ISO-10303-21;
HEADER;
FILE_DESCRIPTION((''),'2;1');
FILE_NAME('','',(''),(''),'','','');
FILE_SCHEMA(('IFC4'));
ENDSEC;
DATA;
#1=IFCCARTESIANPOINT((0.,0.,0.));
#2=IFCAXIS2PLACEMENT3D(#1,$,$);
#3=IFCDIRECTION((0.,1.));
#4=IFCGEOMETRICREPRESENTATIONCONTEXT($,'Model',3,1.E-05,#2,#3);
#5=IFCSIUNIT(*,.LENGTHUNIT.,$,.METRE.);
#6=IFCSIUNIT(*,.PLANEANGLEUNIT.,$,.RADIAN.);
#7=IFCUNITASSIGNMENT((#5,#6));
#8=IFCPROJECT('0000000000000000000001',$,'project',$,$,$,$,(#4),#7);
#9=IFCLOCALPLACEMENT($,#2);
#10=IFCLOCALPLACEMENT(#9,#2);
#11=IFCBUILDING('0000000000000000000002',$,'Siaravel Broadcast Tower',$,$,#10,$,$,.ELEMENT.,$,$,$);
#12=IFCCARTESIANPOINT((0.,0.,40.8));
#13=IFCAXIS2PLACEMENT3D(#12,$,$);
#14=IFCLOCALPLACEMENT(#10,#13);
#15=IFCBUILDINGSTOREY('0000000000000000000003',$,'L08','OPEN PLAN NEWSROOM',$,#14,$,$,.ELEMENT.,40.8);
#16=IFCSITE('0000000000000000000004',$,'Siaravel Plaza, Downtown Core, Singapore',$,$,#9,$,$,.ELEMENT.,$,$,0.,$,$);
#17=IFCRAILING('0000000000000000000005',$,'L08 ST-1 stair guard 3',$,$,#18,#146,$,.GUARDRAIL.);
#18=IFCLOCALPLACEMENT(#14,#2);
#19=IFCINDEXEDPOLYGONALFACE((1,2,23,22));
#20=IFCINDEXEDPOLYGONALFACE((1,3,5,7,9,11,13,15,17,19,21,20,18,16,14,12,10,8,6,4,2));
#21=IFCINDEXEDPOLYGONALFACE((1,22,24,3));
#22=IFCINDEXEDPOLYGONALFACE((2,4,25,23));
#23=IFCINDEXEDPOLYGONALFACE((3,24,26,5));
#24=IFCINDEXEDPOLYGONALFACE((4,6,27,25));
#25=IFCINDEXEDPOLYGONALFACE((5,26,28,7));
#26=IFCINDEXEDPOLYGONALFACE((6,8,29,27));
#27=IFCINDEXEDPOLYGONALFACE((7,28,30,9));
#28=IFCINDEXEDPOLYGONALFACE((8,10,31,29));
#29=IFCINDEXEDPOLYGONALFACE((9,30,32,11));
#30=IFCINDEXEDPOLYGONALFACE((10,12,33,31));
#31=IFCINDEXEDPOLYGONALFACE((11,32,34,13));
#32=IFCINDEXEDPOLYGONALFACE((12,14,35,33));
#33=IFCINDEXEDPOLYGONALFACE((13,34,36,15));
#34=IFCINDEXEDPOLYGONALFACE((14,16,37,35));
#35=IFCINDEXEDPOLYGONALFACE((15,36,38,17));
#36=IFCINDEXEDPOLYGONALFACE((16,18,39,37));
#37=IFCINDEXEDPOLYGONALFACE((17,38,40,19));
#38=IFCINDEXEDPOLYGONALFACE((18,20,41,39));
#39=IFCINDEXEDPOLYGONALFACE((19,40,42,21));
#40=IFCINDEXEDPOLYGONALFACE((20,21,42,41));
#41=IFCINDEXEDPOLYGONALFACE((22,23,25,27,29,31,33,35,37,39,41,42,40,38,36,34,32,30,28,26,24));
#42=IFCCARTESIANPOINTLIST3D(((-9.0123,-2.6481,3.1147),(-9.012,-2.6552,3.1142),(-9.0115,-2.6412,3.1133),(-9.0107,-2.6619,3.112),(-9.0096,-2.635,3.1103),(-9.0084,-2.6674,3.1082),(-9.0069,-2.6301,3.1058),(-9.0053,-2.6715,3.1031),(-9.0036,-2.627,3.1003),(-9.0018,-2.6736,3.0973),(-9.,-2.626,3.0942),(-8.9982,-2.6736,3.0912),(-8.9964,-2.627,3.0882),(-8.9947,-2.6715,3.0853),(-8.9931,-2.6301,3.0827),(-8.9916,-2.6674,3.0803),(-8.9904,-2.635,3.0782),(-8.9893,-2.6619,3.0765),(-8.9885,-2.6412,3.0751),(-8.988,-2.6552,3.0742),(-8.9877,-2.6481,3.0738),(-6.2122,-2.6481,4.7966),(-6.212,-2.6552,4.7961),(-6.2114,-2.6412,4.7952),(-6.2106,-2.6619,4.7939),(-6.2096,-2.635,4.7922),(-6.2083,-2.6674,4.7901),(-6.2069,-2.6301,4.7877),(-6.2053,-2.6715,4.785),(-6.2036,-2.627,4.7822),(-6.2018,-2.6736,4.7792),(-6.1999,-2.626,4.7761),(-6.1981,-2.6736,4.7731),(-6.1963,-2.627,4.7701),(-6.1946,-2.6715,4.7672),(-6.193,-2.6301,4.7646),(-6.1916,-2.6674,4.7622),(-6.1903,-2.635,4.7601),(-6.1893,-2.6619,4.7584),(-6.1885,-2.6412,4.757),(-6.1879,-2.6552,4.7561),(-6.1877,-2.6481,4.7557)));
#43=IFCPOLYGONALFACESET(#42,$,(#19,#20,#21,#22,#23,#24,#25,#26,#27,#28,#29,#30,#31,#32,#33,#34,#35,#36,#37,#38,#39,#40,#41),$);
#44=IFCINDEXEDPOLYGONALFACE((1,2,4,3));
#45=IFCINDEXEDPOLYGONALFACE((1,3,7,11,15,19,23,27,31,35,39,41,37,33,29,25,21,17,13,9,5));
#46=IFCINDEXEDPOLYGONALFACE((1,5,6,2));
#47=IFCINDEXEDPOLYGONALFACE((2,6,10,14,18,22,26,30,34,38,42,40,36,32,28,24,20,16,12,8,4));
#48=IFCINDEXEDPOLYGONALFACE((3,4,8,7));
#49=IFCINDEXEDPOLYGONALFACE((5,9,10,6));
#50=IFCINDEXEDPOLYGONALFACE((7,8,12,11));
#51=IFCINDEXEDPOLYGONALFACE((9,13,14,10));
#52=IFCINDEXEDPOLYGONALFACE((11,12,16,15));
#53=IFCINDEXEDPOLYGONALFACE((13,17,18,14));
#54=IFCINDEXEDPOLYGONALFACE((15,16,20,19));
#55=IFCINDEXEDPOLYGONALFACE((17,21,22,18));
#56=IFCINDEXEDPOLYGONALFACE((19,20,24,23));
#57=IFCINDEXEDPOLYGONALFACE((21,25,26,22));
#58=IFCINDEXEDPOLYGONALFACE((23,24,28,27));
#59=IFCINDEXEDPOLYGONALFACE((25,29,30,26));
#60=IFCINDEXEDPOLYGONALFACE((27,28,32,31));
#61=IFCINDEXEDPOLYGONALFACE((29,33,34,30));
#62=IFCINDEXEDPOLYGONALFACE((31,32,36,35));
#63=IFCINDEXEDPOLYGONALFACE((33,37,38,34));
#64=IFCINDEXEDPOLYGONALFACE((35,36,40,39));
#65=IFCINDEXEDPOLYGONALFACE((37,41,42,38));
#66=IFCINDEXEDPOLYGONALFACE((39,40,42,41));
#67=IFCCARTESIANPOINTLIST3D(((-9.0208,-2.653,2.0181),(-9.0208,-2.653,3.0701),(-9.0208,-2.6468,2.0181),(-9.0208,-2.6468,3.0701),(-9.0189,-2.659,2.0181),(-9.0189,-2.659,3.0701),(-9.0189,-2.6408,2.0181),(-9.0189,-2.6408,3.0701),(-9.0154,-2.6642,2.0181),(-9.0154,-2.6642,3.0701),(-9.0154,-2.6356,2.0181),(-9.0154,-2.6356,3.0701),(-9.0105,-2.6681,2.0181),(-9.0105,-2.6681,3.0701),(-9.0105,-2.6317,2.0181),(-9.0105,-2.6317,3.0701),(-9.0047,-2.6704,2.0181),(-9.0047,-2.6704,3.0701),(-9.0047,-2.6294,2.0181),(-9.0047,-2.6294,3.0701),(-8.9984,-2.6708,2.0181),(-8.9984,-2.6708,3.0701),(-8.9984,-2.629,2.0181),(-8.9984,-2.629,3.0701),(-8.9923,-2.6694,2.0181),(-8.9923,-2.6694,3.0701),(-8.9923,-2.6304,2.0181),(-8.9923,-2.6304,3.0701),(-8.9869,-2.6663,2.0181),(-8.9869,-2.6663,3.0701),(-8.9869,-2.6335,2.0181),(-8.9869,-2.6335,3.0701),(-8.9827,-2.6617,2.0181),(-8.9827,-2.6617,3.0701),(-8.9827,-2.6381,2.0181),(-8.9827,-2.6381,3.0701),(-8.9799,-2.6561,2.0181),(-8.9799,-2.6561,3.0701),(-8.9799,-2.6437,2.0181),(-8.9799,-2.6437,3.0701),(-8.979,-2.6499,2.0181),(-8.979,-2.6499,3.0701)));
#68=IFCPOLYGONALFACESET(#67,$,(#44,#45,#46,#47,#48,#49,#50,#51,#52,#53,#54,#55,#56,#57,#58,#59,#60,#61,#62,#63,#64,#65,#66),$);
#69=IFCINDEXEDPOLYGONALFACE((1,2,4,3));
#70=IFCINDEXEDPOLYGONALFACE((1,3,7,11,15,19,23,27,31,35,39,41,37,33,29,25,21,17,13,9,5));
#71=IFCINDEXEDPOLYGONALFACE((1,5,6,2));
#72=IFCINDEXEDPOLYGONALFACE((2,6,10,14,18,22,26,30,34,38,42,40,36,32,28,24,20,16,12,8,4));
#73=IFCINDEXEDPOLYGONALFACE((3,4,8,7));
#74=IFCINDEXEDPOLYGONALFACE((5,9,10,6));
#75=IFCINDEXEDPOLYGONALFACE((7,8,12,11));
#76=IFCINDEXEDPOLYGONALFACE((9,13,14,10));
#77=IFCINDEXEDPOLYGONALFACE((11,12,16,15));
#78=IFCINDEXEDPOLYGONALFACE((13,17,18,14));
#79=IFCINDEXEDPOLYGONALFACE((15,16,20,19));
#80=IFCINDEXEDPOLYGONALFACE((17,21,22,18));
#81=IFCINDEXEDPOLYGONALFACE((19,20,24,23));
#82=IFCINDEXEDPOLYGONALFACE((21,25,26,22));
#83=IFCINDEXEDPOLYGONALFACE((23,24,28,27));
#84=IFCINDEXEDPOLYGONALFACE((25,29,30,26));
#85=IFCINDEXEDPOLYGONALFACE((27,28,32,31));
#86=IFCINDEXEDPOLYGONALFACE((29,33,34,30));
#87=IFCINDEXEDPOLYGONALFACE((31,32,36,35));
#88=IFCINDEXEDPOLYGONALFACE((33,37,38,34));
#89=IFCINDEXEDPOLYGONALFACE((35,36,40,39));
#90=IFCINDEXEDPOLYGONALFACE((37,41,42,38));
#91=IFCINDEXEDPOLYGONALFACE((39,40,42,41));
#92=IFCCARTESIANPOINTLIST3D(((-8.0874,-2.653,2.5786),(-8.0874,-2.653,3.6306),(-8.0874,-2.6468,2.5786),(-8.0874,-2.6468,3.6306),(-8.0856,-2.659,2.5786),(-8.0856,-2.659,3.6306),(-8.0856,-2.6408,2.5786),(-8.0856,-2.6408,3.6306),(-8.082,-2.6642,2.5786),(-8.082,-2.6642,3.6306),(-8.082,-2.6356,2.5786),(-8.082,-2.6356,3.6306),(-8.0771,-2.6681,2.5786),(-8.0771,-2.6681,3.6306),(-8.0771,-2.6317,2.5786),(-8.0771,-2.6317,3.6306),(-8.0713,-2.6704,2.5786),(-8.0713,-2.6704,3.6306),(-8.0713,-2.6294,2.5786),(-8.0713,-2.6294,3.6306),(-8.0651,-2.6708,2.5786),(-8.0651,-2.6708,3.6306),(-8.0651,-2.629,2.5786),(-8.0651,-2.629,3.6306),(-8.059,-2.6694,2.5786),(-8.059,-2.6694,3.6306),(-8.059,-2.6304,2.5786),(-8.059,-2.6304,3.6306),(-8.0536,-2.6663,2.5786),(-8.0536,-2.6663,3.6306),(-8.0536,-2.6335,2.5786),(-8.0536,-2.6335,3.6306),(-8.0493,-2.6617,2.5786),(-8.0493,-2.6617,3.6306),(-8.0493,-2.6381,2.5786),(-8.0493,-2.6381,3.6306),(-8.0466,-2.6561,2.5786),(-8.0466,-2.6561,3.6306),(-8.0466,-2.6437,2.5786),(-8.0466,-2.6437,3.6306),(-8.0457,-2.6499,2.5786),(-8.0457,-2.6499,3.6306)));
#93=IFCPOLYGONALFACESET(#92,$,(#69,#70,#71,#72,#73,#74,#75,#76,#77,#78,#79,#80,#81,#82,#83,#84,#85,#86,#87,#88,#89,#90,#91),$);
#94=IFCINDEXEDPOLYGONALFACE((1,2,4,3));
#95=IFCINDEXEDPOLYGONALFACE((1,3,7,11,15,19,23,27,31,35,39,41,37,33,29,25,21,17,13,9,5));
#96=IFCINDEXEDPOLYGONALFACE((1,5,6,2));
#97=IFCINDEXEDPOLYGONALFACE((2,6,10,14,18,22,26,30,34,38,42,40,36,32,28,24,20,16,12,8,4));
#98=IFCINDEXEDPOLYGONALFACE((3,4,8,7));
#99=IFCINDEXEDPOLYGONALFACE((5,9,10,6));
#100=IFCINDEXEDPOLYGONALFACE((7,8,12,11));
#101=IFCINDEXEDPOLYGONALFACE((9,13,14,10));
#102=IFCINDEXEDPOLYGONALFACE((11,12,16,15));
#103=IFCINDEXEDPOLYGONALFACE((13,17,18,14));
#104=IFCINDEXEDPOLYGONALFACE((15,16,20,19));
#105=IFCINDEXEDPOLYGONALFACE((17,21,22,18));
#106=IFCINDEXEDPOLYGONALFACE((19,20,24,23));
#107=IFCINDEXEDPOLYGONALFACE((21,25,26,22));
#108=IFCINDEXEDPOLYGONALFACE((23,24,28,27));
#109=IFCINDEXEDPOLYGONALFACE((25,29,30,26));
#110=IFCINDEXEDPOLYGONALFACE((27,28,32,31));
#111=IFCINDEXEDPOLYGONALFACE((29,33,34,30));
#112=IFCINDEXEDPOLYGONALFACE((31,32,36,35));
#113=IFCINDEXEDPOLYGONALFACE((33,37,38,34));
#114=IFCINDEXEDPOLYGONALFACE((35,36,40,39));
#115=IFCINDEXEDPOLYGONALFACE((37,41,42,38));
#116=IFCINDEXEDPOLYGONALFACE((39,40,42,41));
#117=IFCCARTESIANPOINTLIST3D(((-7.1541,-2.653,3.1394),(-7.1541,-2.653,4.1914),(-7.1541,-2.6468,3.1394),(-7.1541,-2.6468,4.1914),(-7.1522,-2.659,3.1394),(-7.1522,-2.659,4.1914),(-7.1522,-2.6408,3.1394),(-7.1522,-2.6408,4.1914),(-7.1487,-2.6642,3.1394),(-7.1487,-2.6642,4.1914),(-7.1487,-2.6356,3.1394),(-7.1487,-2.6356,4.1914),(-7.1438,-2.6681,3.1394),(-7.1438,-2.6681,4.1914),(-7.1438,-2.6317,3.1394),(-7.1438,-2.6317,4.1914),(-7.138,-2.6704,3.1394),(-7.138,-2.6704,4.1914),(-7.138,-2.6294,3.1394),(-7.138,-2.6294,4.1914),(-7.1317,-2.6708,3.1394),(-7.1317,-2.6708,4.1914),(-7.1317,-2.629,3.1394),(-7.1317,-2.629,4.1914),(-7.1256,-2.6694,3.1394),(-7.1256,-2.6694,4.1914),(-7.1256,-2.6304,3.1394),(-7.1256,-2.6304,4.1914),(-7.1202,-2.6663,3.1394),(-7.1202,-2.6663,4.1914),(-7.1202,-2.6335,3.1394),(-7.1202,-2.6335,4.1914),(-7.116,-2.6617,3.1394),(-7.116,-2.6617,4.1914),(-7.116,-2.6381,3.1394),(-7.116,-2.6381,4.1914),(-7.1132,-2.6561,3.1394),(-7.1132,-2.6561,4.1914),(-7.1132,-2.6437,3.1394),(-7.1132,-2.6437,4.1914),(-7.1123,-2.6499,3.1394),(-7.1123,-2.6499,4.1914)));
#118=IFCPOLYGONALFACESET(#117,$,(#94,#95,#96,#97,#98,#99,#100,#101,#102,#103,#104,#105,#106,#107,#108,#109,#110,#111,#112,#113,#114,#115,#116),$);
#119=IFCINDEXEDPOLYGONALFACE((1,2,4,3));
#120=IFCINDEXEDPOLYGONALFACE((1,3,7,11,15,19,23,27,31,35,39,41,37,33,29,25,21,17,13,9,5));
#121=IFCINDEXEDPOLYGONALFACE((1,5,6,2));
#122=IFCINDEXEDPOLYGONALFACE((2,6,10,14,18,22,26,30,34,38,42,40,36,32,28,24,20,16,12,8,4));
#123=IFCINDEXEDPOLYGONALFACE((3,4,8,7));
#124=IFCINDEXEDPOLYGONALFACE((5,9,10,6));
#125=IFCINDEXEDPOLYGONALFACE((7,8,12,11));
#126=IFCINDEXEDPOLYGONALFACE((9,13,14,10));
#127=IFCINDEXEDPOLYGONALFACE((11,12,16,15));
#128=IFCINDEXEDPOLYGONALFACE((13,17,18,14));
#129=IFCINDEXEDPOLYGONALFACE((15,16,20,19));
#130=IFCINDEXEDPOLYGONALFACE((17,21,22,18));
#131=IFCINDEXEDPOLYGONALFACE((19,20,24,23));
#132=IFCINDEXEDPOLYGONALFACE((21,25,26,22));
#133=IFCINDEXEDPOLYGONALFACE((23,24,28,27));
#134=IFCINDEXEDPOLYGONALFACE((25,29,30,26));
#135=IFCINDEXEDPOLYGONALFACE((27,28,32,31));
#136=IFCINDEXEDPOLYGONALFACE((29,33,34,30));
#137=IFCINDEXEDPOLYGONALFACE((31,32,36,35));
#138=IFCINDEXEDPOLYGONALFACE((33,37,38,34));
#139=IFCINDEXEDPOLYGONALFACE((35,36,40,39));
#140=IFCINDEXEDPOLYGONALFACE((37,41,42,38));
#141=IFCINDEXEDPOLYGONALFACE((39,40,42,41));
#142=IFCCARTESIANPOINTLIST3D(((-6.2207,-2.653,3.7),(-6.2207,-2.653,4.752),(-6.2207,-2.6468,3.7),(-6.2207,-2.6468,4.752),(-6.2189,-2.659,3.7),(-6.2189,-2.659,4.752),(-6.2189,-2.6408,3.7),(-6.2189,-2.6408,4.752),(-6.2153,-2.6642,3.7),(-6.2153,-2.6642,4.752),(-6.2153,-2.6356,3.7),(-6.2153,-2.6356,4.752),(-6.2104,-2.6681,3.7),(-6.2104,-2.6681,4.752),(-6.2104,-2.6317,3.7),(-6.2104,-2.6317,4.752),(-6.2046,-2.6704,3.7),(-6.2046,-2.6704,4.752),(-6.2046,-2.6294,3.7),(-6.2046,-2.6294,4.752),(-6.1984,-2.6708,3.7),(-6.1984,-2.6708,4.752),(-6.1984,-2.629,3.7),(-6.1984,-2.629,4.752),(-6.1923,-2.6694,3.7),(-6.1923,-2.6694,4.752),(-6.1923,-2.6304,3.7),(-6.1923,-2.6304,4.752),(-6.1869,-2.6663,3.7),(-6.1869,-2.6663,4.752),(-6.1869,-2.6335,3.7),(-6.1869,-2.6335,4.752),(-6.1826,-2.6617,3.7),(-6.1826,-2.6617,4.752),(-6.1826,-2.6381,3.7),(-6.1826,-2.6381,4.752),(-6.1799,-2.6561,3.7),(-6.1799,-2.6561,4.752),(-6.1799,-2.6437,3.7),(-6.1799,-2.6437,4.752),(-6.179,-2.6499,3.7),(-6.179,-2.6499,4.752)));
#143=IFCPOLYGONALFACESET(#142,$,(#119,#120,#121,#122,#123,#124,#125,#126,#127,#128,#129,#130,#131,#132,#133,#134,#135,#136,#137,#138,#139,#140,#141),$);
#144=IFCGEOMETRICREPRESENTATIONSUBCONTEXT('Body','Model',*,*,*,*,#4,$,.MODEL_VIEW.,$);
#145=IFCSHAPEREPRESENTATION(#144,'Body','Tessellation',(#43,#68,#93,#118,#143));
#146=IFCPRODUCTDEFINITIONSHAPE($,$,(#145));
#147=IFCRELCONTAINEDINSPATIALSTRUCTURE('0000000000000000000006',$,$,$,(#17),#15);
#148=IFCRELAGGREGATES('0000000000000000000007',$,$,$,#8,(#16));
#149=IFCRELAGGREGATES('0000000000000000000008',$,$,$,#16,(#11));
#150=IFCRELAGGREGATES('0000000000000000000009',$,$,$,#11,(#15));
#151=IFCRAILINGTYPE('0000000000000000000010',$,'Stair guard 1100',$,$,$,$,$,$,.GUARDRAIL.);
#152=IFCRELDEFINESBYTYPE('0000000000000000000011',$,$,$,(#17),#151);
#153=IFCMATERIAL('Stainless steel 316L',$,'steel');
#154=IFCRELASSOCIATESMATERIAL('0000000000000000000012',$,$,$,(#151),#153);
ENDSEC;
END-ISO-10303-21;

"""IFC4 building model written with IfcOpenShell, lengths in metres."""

from ifc_helpers import new_model, si_unit, direction, frame, origin, origin_2d, place, context, subcontext, project, spatial, circle, extrude, material, type_object, element, save


model = new_model("IFC4")

# Units and contexts
model_context = context("Model", 3, precision=1e-05, world=origin(), true_north=direction((0.0, 1.0)))
body_context = subcontext(model_context, "Body", "Model", "MODEL_VIEW")
ifc_project = project(units=[si_unit("LENGTHUNIT", "METRE"), si_unit("PLANEANGLEUNIT", "RADIAN")], contexts=[model_context])

# Site, building, storey
site_placement = place(None, origin())
site = spatial("IfcSite", under=ifc_project, at=site_placement, Name="Siaravel Plaza, Downtown Core, Singapore", CompositionType="ELEMENT", RefElevation=0.0)
building_placement = place(site_placement, origin())
building = spatial("IfcBuilding", under=site, at=building_placement, Name="Siaravel Broadcast Tower", CompositionType="ELEMENT")
storey_placement = place(building_placement, frame((0.0, 0.0, 40.8)))
storey = spatial("IfcBuildingStorey", under=building, at=storey_placement, Name="L08", Description="OPEN PLAN NEWSROOM", CompositionType="ELEMENT", Elevation=40.8)

# Railing
ifc_material_1 = material(Name="Stainless steel 316L", Category="steel")
railing_type_1 = type_object("IfcRailingType", Name="Stair guard 1100", PredefinedType="GUARDRAIL", material=ifc_material_1)
railing_1_placement = place(storey_placement, frame((-9.0, -2.6499, 2.0181)))
element("IfcRailing", 1, at=railing_1_placement, inside=storey, type_object=railing_type_1, Name="L08 ST-1 stair guard 3", PredefinedType="GUARDRAIL", context=body_context, shape_type="SweptSolid", body=[
    extrude(circle(Radius=0.0239, at=origin_2d()), frame((0.0, 0.0, 1.0762), z_axis=(0.857242, 0.0, 0.514913), x_axis=(0.0, 1.0, 0.0)), (0.0, 0.0, 1.0), 3.2664),
    extrude(circle(Radius=0.021, at=origin_2d()), origin(), (0.0, 0.0, 1.0), 1.052),
    extrude(circle(Radius=0.021, at=origin_2d()), frame((0.9333, 0.0, 0.5605)), (0.0, 0.0, 1.0), 1.052),
    extrude(circle(Radius=0.021, at=origin_2d()), frame((1.8667, 0.0, 1.1213)), (0.0, 0.0, 1.0), 1.052),
    extrude(circle(Radius=0.021, at=origin_2d()), frame((2.8, 0.0, 1.6819)), (0.0, 0.0, 1.0), 1.052),
])

save(model, "model.ifc")
